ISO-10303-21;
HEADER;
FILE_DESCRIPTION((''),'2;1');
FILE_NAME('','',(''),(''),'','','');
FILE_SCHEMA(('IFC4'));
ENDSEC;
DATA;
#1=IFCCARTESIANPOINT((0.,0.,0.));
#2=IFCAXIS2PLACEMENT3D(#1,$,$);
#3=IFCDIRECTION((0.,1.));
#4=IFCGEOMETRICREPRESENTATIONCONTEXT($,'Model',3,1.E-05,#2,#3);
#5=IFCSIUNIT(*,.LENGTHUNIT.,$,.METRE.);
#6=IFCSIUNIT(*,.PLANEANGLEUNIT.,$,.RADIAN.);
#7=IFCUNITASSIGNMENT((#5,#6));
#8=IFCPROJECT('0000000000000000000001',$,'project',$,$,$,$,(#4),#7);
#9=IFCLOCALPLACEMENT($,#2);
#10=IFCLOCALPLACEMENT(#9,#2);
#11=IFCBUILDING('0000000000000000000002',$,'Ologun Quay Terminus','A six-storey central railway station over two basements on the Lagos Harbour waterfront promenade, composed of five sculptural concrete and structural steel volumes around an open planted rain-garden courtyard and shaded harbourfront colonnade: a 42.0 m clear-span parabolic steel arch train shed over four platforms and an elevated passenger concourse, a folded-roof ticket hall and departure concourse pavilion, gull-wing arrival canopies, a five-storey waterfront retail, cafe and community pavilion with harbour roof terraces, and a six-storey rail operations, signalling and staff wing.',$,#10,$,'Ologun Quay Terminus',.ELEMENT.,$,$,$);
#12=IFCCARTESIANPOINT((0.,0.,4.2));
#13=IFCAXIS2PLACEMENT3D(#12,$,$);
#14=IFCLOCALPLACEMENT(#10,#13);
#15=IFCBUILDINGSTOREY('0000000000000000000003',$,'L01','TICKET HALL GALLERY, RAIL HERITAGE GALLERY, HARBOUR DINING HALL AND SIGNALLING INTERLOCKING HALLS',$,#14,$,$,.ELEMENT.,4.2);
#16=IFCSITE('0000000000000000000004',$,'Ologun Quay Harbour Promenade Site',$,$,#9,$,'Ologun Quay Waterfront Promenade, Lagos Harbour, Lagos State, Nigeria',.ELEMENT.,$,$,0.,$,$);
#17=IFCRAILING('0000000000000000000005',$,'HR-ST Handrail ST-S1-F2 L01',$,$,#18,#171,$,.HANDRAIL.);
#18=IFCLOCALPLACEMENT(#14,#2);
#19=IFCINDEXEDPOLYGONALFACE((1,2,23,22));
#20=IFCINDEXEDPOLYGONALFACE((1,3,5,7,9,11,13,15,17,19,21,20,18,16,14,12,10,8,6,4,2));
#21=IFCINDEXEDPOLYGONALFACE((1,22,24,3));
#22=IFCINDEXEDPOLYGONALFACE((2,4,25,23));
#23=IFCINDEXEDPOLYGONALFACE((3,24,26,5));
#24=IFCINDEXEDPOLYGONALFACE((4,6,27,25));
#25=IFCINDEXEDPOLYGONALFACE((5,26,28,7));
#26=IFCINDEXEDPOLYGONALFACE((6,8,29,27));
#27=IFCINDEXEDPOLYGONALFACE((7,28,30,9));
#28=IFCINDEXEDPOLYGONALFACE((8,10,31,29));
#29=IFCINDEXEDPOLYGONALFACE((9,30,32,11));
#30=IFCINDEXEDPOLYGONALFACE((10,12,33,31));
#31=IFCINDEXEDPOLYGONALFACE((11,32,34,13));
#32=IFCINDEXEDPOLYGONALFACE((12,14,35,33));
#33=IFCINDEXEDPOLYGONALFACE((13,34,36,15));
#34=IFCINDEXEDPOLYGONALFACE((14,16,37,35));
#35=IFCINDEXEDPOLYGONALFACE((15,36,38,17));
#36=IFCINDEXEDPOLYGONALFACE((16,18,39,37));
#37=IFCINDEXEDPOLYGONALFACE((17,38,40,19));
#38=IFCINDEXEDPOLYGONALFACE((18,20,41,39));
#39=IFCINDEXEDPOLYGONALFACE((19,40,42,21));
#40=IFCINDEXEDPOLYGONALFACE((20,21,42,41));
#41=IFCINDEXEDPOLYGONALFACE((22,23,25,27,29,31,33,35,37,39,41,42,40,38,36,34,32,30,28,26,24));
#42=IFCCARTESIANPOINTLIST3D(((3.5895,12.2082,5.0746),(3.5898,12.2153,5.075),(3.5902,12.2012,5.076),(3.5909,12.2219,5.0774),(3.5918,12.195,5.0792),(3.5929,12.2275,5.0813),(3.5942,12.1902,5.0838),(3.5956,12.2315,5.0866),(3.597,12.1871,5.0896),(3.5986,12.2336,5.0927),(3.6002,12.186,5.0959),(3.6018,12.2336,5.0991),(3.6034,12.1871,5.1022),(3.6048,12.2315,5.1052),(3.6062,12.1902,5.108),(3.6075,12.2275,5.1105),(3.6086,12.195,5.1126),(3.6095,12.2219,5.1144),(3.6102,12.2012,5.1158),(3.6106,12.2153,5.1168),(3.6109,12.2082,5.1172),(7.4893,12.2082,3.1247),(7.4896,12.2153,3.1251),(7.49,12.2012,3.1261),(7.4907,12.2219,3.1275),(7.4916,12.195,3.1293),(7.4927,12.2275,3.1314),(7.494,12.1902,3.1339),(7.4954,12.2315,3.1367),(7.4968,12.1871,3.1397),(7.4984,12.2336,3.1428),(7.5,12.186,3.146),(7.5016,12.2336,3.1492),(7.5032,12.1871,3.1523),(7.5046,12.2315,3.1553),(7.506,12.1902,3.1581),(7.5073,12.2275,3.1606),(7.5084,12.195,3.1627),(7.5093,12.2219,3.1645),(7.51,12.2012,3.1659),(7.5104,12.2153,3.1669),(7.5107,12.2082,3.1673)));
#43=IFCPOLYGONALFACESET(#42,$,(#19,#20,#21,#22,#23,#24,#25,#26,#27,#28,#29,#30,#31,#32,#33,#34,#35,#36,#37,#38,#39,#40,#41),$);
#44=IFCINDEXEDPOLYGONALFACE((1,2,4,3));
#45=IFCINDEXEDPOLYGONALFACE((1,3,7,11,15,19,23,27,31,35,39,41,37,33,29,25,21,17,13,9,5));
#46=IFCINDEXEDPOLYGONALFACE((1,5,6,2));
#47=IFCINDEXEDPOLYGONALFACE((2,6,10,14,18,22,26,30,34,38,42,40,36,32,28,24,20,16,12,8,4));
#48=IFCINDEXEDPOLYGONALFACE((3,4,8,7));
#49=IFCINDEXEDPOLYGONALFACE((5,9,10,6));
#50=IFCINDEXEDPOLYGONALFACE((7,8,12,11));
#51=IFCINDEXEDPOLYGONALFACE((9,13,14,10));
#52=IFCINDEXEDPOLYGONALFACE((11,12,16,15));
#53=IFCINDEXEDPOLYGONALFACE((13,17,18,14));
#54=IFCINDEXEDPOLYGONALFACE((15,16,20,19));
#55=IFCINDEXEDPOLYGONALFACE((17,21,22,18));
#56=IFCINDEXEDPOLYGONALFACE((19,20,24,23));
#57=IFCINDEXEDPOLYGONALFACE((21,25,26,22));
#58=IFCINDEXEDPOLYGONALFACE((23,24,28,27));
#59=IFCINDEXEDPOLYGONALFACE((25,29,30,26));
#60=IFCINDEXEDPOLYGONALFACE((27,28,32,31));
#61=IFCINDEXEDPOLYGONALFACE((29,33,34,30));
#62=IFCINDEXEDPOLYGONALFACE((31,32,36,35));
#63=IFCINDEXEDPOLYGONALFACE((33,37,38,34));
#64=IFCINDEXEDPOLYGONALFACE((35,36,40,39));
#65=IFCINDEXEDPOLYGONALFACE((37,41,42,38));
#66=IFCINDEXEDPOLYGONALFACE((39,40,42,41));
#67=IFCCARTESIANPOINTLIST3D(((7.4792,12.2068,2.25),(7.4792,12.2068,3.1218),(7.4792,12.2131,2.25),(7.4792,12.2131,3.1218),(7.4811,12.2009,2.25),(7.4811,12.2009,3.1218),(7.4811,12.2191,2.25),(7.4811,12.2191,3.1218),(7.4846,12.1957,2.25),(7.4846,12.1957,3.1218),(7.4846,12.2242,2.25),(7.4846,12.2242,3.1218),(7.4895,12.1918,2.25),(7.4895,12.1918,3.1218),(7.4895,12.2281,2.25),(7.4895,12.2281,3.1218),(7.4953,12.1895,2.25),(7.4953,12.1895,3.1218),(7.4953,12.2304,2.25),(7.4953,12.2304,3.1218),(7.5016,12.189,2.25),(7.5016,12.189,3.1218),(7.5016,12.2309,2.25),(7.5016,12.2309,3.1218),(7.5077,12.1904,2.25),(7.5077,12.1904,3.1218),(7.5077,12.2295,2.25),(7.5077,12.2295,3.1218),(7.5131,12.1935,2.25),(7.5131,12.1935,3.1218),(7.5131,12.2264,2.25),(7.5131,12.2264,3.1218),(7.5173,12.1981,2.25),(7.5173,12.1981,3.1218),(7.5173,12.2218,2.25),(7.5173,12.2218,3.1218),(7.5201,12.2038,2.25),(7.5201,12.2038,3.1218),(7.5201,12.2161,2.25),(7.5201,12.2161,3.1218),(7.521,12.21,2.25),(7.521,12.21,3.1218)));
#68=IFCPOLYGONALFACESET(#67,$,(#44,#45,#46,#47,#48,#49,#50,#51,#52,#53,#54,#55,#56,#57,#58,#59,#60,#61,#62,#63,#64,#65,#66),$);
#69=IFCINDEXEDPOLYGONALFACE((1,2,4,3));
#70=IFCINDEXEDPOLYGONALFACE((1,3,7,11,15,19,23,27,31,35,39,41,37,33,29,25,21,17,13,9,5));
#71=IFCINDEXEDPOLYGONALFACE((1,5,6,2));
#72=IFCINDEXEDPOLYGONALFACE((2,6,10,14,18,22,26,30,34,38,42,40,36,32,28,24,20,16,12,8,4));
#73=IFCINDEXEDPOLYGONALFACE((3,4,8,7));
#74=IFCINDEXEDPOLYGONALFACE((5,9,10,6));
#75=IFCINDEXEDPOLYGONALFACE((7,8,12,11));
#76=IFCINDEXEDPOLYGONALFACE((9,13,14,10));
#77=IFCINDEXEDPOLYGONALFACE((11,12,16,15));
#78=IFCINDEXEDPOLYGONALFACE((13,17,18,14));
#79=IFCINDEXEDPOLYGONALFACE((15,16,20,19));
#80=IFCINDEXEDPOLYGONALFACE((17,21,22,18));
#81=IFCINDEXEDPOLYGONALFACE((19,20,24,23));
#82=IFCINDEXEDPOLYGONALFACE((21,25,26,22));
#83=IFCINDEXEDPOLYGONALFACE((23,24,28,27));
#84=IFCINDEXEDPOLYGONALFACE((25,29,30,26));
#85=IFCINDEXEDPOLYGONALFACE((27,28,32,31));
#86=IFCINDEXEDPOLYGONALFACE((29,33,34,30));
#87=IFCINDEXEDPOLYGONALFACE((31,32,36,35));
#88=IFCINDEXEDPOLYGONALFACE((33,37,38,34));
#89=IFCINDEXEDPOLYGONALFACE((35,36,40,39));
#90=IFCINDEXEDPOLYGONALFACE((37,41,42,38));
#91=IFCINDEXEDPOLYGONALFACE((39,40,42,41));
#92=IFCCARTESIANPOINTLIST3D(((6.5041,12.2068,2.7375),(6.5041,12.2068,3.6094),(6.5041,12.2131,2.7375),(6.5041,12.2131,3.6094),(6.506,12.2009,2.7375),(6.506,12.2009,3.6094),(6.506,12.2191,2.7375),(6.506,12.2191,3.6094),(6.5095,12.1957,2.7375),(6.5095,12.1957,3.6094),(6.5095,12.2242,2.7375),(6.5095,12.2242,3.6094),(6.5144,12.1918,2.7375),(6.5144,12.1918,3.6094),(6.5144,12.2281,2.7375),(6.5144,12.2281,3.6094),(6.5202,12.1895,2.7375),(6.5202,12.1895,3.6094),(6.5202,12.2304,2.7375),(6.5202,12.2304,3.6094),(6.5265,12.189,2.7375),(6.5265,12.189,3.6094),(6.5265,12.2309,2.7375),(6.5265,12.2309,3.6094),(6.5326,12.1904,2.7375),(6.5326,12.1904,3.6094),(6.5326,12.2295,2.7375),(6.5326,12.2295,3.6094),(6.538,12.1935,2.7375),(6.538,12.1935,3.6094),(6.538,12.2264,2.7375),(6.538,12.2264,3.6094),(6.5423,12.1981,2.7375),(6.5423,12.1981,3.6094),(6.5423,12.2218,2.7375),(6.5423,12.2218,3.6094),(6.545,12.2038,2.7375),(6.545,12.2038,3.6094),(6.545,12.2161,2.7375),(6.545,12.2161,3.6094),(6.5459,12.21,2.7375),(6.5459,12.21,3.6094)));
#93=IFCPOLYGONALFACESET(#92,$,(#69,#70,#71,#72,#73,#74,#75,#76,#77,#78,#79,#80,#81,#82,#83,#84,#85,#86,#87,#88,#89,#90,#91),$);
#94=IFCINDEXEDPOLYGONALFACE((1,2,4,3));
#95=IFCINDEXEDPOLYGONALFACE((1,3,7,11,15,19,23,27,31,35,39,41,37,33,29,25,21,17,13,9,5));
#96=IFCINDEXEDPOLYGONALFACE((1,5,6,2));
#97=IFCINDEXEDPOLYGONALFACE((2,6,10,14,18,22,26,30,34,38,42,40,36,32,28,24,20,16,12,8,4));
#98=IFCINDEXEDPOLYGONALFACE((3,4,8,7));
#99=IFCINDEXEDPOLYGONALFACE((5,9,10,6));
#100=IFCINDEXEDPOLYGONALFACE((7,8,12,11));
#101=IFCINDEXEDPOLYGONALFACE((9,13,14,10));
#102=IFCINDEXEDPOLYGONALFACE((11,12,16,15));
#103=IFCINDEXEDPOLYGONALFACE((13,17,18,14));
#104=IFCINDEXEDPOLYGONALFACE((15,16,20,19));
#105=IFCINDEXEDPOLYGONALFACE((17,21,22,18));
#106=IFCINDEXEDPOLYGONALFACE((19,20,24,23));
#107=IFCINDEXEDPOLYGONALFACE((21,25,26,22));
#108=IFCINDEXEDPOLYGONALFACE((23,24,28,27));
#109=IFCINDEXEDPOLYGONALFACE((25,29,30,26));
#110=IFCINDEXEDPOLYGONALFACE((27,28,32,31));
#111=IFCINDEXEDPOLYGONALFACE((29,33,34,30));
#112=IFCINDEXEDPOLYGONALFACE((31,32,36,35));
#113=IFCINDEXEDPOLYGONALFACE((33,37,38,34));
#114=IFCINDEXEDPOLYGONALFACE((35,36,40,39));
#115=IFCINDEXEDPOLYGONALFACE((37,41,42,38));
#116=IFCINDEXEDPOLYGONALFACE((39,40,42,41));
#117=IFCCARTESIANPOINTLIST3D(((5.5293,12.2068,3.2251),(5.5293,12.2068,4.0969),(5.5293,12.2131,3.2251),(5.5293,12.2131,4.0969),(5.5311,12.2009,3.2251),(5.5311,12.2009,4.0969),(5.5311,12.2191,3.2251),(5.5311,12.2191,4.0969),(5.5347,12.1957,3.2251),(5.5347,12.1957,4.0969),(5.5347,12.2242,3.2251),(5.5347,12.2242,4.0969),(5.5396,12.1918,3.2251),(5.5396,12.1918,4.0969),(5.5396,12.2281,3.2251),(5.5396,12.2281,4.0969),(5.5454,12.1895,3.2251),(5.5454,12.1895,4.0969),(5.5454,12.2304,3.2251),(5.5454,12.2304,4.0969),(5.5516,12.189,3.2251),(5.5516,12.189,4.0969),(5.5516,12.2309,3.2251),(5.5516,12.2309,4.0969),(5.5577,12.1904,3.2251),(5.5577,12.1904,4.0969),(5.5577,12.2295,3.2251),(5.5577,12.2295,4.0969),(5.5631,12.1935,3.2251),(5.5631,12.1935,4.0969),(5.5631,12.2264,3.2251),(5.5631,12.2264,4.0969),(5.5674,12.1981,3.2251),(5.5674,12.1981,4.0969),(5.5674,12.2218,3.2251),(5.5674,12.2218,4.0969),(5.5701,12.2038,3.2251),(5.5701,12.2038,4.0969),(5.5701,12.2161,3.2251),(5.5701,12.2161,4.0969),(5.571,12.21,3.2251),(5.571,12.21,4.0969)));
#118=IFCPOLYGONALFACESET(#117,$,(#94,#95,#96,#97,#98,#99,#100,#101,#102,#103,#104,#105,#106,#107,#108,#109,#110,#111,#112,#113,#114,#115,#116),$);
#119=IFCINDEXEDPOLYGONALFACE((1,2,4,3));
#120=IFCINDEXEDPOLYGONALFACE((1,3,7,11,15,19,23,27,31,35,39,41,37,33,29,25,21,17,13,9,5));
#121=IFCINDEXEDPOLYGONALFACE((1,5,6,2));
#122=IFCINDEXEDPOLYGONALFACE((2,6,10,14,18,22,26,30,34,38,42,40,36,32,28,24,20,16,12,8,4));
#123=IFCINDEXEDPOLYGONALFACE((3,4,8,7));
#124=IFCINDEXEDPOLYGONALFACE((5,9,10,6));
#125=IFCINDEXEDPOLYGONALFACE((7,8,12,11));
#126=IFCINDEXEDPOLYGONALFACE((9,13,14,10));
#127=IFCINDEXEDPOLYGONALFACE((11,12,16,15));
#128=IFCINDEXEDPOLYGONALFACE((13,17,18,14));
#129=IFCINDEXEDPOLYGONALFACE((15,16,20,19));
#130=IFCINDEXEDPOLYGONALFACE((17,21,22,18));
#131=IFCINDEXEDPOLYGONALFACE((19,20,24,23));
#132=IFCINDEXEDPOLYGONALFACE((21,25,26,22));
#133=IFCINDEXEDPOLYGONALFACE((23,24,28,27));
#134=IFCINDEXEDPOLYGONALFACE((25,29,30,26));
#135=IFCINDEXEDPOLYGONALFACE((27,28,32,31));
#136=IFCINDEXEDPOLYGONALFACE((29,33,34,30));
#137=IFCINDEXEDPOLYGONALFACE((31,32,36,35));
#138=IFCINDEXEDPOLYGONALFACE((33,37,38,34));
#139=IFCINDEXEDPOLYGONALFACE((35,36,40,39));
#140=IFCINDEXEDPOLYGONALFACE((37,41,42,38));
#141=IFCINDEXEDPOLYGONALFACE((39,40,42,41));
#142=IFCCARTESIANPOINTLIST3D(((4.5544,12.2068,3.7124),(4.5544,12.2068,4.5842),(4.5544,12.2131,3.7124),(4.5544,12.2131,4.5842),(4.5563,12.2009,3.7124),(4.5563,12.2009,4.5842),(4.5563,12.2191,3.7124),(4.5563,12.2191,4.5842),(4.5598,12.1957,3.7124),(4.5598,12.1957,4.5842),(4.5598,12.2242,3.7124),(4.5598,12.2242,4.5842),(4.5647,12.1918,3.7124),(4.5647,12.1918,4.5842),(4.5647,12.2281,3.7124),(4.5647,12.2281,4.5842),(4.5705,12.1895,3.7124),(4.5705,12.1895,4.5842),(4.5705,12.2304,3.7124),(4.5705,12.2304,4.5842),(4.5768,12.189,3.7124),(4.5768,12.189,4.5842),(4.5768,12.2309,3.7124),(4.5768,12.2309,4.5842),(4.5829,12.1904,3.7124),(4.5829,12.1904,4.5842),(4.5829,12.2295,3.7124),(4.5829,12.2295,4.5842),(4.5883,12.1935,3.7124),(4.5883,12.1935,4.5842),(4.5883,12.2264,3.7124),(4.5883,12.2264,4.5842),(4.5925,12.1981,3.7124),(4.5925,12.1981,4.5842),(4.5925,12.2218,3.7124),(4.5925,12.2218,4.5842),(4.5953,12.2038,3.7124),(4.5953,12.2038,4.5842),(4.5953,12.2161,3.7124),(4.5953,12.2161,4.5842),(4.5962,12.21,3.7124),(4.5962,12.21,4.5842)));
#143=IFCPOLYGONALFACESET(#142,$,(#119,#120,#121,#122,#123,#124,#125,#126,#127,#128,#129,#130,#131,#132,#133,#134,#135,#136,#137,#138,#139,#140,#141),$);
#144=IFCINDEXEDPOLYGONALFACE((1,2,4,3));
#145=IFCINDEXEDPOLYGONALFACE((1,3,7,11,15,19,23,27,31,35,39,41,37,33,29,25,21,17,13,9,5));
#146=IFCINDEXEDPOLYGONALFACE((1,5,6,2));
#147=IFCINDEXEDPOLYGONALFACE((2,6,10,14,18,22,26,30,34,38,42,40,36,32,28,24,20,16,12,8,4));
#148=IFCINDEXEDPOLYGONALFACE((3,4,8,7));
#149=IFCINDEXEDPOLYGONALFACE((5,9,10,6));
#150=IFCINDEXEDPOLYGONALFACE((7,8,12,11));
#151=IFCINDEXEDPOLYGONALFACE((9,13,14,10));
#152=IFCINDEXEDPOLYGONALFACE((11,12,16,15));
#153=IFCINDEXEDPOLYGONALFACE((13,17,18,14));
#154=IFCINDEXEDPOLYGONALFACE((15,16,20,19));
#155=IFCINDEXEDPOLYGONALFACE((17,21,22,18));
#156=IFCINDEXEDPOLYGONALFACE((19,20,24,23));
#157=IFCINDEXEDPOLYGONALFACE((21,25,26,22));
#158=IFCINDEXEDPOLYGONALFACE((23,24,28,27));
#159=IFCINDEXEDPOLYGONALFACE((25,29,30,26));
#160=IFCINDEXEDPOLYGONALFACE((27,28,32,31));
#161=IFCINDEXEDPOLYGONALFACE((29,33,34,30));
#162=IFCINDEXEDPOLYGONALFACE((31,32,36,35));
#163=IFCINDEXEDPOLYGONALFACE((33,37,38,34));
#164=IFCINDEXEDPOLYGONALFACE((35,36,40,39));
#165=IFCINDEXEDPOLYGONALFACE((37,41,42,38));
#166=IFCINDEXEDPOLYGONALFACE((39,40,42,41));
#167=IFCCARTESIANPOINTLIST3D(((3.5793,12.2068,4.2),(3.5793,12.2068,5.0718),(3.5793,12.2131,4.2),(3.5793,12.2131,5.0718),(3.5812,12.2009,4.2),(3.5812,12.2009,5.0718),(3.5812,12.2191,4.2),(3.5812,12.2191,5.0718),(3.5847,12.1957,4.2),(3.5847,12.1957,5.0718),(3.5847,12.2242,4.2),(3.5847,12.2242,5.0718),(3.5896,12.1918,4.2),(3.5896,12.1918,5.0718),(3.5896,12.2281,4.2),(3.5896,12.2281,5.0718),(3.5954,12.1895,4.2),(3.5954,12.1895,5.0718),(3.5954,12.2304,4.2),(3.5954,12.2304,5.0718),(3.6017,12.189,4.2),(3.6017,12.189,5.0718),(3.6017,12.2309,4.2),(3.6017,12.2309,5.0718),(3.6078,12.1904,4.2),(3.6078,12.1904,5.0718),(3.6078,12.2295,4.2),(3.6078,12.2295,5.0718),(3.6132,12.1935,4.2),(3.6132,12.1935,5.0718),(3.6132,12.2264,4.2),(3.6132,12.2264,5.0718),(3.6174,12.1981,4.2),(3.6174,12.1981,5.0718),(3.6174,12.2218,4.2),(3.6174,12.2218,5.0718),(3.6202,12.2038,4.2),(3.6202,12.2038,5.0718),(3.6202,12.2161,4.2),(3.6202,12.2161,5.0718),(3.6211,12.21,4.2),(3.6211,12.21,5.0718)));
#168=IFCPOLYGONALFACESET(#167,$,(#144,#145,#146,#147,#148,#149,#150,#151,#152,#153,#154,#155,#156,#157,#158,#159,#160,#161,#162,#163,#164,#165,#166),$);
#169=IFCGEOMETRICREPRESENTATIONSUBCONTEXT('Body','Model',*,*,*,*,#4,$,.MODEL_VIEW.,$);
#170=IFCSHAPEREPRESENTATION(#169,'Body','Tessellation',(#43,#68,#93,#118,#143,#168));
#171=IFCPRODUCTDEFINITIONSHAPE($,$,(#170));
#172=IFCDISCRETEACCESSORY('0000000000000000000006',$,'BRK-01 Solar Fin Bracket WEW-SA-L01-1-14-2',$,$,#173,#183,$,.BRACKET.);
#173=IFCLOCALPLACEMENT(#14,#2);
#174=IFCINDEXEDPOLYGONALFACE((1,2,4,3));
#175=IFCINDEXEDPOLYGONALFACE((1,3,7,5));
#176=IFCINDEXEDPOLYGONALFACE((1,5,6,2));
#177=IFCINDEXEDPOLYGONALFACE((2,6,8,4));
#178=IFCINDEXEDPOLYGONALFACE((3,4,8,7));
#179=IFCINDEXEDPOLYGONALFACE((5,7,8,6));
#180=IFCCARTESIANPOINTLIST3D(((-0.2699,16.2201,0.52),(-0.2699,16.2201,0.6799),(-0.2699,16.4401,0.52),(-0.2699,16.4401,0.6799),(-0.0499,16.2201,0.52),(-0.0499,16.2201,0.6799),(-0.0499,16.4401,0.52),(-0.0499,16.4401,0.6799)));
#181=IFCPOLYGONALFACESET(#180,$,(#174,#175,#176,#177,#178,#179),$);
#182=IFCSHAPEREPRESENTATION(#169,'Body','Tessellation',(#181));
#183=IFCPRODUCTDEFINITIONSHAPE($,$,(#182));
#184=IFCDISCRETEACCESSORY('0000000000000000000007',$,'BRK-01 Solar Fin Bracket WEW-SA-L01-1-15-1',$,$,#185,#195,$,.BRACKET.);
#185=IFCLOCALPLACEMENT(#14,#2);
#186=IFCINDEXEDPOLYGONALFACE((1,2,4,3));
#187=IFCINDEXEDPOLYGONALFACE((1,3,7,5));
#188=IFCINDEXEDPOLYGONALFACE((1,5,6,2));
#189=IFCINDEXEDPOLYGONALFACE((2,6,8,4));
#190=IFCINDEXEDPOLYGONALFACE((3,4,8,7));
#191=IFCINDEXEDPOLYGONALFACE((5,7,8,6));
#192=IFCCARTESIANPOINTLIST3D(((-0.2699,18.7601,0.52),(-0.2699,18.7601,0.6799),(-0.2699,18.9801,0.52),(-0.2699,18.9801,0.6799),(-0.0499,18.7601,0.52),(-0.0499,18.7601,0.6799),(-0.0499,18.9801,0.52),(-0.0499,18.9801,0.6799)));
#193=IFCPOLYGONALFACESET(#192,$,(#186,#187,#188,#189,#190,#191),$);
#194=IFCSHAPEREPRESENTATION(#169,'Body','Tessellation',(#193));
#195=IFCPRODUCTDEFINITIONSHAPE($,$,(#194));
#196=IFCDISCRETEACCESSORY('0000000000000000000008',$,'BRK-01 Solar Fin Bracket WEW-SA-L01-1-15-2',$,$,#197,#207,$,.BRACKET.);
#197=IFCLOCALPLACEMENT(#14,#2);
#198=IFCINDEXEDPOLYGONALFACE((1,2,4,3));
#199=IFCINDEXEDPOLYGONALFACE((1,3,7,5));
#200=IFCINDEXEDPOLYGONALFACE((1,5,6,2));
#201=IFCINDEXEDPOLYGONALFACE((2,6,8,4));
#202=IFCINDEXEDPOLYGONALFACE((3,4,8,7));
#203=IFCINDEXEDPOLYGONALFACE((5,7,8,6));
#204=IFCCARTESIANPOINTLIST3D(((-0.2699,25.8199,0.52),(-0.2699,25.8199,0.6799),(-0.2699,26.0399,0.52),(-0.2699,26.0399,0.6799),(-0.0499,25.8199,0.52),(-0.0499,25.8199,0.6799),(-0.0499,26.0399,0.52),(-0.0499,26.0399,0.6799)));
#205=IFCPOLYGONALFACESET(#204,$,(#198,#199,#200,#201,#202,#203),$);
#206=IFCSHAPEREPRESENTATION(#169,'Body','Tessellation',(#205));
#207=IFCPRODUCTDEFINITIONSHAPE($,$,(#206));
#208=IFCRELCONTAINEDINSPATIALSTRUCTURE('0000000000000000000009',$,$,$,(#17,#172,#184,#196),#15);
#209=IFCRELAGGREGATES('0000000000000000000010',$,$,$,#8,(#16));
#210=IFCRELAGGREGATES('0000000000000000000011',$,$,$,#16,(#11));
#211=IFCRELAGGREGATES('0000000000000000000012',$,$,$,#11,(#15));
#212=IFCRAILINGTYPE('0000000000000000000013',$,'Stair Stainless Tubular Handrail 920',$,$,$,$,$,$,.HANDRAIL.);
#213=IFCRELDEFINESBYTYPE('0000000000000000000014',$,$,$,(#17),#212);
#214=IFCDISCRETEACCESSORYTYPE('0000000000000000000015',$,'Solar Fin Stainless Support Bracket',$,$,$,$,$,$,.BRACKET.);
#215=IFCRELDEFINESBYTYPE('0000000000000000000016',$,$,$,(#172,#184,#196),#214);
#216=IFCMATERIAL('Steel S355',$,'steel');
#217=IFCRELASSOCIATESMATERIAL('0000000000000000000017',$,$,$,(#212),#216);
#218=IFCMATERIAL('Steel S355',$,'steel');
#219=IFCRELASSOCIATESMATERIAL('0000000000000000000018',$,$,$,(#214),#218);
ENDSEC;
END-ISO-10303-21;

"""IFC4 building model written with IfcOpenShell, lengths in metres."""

from ifc_helpers import new_model, si_unit, direction, frame, origin, origin_2d, place, context, subcontext, project, spatial, rectangle, circle, extrude, material, type_object, element, save


model = new_model("IFC4")

# Units and contexts
model_context = context("Model", 3, precision=1e-05, world=origin(), true_north=direction((0.0, 1.0)))
body_context = subcontext(model_context, "Body", "Model", "MODEL_VIEW")
ifc_project = project(units=[si_unit("LENGTHUNIT", "METRE"), si_unit("PLANEANGLEUNIT", "RADIAN")], contexts=[model_context])

# Site, building, storey
site_placement = place(None, origin())
site = spatial("IfcSite", under=ifc_project, at=site_placement, Name="Ologun Quay Harbour Promenade Site", LongName="Ologun Quay Waterfront Promenade, Lagos Harbour, Lagos State, Nigeria", CompositionType="ELEMENT", RefElevation=0.0)
building_placement = place(site_placement, origin())
building = spatial("IfcBuilding", under=site, at=building_placement, Name="Ologun Quay Terminus", Description="A six-storey central railway station over two basements on the Lagos Harbour waterfront promenade, composed of five sculptural concrete and structural steel volumes around an open planted rain-garden courtyard and shaded harbourfront colonnade: a 42.0 m clear-span parabolic steel arch train shed over four platforms and an elevated passenger concourse, a folded-roof ticket hall and departure concourse pavilion, gull-wing arrival canopies, a five-storey waterfront retail, cafe and community pavilion with harbour roof terraces, and a six-storey rail operations, signalling and staff wing.", LongName="Ologun Quay Terminus", CompositionType="ELEMENT")
storey_placement = place(building_placement, frame((0.0, 0.0, 4.2)))
storey = spatial("IfcBuildingStorey", under=building, at=storey_placement, Name="L01", Description="TICKET HALL GALLERY, RAIL HERITAGE GALLERY, HARBOUR DINING HALL AND SIGNALLING INTERLOCKING HALLS", CompositionType="ELEMENT", Elevation=4.2)

# Railing
ifc_material_1 = material(Name="Steel S355", Category="steel")
railing_type_1 = type_object("IfcRailingType", Name="Stair Stainless Tubular Handrail 920", PredefinedType="HANDRAIL", material=ifc_material_1)
railing_1_placement = place(storey_placement, frame((7.5, 12.21, 2.25)))
element("IfcRailing", 1, at=railing_1_placement, inside=storey, type_object=railing_type_1, Name="HR-ST Handrail ST-S1-F2 L01", PredefinedType="HANDRAIL", context=body_context, shape_type="SweptSolid", body=[
    extrude(circle(Radius=0.0239, at=origin_2d()), frame((0.0, 0.0, 0.896), z_axis=(-0.894427, 0.0, 0.447214), x_axis=(0.0, -1.0, 0.0)), (0.0, 0.0, 1.0), 4.3601),
    extrude(circle(Radius=0.021, at=origin_2d()), origin(), (0.0, 0.0, 1.0), 0.8718),
    extrude(circle(Radius=0.021, at=origin_2d()), frame((-0.9751, 0.0, 0.4875)), (0.0, 0.0, 1.0), 0.8718),
    extrude(circle(Radius=0.021, at=origin_2d()), frame((-1.95, 0.0, 0.9751)), (0.0, 0.0, 1.0), 0.8718),
    extrude(circle(Radius=0.021, at=origin_2d()), frame((-2.9248, 0.0, 1.4624)), (0.0, 0.0, 1.0), 0.8718),
    extrude(circle(Radius=0.021, at=origin_2d()), frame((-3.8999, 0.0, 1.95)), (0.0, 0.0, 1.0), 0.8718),
])

# Discrete accessories
ifc_material_2 = material(Name="Steel S355", Category="steel")
discrete_accessory_type = type_object("IfcDiscreteAccessoryType", Name="Solar Fin Stainless Support Bracket", PredefinedType="BRACKET", material=ifc_material_2)
for number, where, z_axis, x_axis, name in (
    (2, (-0.1599, 16.3301, 0.52), (0.0, 0.0, 1.0), (1.0, 0.0, 0.0), "BRK-01 Solar Fin Bracket WEW-SA-L01-1-14-2"),
    (3, (-0.1599, 18.8701, 0.52), (0.0, 0.0, 1.0), (1.0, 0.0, 0.0), "BRK-01 Solar Fin Bracket WEW-SA-L01-1-15-1"),
    (4, (-0.1599, 25.9299, 0.52), (0.0, 0.0, 1.0), (1.0, 0.0, 0.0), "BRK-01 Solar Fin Bracket WEW-SA-L01-1-15-2"),
):
    element("IfcDiscreteAccessory", number, at=place(storey_placement, frame(where, z_axis=z_axis, x_axis=x_axis)), inside=storey, type_object=discrete_accessory_type, Name=name, PredefinedType="BRACKET", context=body_context, shape_type="SweptSolid", body=[
        extrude(rectangle(XDim=0.22, YDim=0.22, at=origin_2d()), origin(), (0.0, 0.0, 1.0), 0.1599),
    ])

save(model, "model.ifc")
